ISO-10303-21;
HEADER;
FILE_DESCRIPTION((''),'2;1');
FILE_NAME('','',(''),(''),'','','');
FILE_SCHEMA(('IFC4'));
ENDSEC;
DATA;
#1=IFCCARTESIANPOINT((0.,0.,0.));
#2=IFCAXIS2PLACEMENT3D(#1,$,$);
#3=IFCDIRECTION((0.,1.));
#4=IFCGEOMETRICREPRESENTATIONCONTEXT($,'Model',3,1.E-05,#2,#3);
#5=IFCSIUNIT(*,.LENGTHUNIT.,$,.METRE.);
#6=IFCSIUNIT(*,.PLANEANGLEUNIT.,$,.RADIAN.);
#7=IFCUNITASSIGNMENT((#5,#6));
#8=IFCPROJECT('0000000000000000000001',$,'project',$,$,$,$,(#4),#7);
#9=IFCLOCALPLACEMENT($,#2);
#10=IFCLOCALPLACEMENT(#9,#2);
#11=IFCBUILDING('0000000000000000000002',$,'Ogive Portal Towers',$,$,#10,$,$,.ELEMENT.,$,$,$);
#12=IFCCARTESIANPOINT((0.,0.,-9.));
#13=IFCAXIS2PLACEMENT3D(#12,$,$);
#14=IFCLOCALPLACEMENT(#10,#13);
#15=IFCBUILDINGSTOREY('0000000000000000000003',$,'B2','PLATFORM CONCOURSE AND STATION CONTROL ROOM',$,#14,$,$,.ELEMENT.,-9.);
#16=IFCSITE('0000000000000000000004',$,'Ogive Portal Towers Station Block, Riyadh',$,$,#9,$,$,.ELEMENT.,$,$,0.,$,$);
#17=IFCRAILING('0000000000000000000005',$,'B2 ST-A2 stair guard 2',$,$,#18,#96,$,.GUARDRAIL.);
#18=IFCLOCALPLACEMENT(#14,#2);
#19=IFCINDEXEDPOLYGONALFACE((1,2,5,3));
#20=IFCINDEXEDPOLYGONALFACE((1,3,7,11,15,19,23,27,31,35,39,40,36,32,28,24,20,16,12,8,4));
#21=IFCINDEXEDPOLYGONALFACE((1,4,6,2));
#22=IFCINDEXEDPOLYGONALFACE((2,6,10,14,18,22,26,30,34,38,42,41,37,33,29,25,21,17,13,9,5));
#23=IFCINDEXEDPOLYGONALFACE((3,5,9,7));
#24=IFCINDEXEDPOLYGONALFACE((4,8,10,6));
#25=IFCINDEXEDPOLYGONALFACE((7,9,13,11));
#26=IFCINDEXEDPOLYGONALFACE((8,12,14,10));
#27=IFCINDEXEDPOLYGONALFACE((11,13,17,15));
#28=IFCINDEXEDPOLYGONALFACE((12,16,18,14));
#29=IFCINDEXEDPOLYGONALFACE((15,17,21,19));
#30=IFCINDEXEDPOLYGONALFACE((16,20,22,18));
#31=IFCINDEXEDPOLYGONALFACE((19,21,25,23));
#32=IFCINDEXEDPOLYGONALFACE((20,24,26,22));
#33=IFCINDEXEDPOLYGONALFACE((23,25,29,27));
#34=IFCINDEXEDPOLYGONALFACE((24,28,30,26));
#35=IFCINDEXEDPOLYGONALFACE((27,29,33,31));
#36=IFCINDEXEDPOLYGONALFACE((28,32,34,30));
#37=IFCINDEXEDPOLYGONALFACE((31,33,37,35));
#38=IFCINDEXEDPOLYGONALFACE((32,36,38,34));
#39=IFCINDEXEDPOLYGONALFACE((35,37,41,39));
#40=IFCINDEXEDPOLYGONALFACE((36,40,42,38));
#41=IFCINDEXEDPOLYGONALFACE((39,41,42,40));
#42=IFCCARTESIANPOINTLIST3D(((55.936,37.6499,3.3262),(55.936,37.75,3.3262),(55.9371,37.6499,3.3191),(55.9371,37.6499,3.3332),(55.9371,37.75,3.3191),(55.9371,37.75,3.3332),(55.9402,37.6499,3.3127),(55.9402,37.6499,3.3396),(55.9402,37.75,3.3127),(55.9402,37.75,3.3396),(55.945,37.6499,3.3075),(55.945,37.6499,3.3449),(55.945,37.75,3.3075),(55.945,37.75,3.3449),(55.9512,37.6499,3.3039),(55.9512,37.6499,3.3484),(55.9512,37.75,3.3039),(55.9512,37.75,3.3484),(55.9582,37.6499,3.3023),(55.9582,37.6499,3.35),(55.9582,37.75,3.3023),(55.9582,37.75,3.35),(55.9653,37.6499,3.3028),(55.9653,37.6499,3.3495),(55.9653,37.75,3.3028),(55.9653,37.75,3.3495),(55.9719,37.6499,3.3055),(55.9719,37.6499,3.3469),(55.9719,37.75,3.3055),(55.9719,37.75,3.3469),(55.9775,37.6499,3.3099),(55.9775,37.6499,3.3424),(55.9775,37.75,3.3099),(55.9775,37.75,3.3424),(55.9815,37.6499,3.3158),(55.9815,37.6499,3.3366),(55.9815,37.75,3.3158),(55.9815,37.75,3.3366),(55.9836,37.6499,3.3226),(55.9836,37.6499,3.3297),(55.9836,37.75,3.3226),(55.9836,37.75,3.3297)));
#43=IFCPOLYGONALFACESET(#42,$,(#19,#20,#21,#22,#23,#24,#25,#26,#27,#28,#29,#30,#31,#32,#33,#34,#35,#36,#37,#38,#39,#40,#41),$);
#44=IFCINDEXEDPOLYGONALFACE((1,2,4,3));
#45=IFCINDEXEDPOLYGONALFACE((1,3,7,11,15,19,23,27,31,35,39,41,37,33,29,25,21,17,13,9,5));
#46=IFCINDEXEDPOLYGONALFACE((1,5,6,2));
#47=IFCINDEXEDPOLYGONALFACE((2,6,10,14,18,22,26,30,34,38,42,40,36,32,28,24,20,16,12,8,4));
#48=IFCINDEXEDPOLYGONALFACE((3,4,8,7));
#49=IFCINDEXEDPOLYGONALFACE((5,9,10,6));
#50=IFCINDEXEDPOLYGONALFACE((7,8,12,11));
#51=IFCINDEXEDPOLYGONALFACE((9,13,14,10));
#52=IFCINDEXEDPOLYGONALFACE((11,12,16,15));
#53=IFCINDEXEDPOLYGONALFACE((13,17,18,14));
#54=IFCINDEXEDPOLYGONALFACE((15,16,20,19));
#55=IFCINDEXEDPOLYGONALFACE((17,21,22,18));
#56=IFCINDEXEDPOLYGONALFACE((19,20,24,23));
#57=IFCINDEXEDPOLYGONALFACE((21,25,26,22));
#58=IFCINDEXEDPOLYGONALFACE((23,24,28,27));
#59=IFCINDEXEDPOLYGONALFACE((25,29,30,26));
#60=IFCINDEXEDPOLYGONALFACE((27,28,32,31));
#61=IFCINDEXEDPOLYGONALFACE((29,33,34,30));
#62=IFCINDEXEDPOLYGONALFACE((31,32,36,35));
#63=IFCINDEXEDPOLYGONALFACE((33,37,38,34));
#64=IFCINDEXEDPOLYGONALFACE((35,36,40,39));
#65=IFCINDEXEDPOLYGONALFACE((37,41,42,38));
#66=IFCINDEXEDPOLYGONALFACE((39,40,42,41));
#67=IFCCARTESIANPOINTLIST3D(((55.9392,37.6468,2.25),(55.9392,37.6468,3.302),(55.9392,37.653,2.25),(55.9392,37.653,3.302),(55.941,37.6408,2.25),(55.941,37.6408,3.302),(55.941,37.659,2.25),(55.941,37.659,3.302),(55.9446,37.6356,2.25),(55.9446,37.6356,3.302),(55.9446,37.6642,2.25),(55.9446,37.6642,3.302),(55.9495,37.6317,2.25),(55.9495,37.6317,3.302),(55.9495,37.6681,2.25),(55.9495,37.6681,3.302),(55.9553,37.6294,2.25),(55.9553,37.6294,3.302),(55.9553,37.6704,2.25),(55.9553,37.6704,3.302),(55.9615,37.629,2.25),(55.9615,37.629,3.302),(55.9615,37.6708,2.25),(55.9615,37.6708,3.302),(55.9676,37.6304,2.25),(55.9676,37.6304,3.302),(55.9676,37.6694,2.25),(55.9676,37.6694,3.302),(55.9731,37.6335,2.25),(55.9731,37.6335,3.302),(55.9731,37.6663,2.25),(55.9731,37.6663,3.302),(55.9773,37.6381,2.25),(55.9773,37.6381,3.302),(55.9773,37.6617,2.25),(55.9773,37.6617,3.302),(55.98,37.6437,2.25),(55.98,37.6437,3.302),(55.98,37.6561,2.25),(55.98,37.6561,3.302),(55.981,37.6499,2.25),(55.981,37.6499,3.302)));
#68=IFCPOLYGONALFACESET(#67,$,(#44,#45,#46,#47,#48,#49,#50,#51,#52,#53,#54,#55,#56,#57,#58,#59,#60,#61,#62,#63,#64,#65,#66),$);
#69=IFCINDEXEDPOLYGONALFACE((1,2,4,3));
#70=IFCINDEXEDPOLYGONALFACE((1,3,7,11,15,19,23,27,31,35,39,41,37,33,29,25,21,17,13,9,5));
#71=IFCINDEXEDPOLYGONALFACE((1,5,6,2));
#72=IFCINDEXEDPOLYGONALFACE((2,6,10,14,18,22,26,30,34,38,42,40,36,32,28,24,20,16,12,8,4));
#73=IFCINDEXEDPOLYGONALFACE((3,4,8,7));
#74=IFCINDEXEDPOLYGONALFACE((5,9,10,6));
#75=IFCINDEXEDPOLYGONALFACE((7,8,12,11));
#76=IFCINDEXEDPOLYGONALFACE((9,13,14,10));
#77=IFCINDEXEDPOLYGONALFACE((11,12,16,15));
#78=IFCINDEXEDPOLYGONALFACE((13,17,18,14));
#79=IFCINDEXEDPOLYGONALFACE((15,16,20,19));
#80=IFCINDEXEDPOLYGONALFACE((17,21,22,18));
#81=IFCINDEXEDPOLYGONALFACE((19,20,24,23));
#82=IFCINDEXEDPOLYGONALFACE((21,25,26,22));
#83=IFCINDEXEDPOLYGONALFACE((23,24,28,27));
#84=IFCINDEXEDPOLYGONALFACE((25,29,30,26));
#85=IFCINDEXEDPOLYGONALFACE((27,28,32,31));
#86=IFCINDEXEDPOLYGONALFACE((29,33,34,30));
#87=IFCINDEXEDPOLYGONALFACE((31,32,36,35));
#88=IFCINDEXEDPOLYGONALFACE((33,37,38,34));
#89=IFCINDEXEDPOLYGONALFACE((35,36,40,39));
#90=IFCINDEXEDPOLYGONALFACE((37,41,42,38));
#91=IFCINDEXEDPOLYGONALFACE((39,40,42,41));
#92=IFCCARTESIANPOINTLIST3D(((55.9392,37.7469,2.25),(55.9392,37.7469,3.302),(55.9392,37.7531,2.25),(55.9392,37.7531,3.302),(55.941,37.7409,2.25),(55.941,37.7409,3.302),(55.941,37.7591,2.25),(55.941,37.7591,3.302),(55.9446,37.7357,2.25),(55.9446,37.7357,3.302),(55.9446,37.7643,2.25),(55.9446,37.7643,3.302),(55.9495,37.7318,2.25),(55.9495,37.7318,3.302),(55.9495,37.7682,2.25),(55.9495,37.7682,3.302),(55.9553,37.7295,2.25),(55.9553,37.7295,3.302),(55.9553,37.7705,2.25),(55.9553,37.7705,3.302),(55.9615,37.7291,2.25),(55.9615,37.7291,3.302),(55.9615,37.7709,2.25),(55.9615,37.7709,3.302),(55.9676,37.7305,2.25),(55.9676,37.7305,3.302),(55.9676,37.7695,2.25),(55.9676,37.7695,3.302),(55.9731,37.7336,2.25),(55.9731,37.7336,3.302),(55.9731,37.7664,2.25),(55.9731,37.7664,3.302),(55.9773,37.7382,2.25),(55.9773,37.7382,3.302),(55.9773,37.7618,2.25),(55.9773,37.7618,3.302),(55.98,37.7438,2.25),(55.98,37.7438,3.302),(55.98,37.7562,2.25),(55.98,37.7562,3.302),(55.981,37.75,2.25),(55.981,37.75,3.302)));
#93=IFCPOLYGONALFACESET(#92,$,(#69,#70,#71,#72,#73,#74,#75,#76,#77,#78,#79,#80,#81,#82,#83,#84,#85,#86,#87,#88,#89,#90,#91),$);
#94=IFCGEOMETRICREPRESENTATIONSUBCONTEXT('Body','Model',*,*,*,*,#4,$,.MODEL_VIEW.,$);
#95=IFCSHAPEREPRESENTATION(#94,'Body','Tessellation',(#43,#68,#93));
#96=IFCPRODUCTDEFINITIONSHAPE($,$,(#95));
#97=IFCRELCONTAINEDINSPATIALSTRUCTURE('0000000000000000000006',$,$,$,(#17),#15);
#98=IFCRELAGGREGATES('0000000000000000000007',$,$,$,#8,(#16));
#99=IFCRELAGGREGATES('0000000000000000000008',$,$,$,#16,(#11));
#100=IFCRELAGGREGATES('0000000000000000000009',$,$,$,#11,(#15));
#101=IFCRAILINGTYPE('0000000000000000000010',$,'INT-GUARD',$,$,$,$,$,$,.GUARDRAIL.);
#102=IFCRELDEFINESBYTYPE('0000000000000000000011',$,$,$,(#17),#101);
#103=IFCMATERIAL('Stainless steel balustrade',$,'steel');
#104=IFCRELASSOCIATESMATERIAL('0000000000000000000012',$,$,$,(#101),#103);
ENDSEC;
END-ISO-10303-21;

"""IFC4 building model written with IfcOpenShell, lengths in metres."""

from ifc_helpers import new_model, si_unit, direction, frame, origin, origin_2d, place, context, subcontext, project, spatial, circle, extrude, material, type_object, element, save


model = new_model("IFC4")

# Units and contexts
model_context = context("Model", 3, precision=1e-05, world=origin(), true_north=direction((0.0, 1.0)))
body_context = subcontext(model_context, "Body", "Model", "MODEL_VIEW")
ifc_project = project(units=[si_unit("LENGTHUNIT", "METRE"), si_unit("PLANEANGLEUNIT", "RADIAN")], contexts=[model_context])

# Site, building, storey
site_placement = place(None, origin())
site = spatial("IfcSite", under=ifc_project, at=site_placement, Name="Ogive Portal Towers Station Block, Riyadh", CompositionType="ELEMENT", RefElevation=0.0)
building_placement = place(site_placement, origin())
building = spatial("IfcBuilding", under=site, at=building_placement, Name="Ogive Portal Towers", CompositionType="ELEMENT")
storey_placement = place(building_placement, frame((0.0, 0.0, -9.0)))
storey = spatial("IfcBuildingStorey", under=building, at=storey_placement, Name="B2", Description="PLATFORM CONCOURSE AND STATION CONTROL ROOM", CompositionType="ELEMENT", Elevation=-9.0)

# Railing
ifc_material_1 = material(Name="Stainless steel balustrade", Category="steel")
railing_type_1 = type_object("IfcRailingType", Name="INT-GUARD", PredefinedType="GUARDRAIL", material=ifc_material_1)
railing_1_placement = place(storey_placement, frame((55.96, 37.6499, 2.25)))
element("IfcRailing", 1, at=railing_1_placement, inside=storey, type_object=railing_type_1, Name="B2 ST-A2 stair guard 2", PredefinedType="GUARDRAIL", context=body_context, shape_type="SweptSolid", body=[
    extrude(circle(Radius=0.0239, at=origin_2d()), frame((0.0, 0.0, 1.0762), z_axis=(0.0, 1.0, 0.0), x_axis=(-1.0, 0.0, 0.0)), (0.0, 0.0, 1.0), 0.1001),
    extrude(circle(Radius=0.021, at=origin_2d()), origin(), (0.0, 0.0, 1.0), 1.052),
    extrude(circle(Radius=0.021, at=origin_2d()), frame((0.0, 0.1001, 0.0)), (0.0, 0.0, 1.0), 1.052),
])

save(model, "model.ifc")
